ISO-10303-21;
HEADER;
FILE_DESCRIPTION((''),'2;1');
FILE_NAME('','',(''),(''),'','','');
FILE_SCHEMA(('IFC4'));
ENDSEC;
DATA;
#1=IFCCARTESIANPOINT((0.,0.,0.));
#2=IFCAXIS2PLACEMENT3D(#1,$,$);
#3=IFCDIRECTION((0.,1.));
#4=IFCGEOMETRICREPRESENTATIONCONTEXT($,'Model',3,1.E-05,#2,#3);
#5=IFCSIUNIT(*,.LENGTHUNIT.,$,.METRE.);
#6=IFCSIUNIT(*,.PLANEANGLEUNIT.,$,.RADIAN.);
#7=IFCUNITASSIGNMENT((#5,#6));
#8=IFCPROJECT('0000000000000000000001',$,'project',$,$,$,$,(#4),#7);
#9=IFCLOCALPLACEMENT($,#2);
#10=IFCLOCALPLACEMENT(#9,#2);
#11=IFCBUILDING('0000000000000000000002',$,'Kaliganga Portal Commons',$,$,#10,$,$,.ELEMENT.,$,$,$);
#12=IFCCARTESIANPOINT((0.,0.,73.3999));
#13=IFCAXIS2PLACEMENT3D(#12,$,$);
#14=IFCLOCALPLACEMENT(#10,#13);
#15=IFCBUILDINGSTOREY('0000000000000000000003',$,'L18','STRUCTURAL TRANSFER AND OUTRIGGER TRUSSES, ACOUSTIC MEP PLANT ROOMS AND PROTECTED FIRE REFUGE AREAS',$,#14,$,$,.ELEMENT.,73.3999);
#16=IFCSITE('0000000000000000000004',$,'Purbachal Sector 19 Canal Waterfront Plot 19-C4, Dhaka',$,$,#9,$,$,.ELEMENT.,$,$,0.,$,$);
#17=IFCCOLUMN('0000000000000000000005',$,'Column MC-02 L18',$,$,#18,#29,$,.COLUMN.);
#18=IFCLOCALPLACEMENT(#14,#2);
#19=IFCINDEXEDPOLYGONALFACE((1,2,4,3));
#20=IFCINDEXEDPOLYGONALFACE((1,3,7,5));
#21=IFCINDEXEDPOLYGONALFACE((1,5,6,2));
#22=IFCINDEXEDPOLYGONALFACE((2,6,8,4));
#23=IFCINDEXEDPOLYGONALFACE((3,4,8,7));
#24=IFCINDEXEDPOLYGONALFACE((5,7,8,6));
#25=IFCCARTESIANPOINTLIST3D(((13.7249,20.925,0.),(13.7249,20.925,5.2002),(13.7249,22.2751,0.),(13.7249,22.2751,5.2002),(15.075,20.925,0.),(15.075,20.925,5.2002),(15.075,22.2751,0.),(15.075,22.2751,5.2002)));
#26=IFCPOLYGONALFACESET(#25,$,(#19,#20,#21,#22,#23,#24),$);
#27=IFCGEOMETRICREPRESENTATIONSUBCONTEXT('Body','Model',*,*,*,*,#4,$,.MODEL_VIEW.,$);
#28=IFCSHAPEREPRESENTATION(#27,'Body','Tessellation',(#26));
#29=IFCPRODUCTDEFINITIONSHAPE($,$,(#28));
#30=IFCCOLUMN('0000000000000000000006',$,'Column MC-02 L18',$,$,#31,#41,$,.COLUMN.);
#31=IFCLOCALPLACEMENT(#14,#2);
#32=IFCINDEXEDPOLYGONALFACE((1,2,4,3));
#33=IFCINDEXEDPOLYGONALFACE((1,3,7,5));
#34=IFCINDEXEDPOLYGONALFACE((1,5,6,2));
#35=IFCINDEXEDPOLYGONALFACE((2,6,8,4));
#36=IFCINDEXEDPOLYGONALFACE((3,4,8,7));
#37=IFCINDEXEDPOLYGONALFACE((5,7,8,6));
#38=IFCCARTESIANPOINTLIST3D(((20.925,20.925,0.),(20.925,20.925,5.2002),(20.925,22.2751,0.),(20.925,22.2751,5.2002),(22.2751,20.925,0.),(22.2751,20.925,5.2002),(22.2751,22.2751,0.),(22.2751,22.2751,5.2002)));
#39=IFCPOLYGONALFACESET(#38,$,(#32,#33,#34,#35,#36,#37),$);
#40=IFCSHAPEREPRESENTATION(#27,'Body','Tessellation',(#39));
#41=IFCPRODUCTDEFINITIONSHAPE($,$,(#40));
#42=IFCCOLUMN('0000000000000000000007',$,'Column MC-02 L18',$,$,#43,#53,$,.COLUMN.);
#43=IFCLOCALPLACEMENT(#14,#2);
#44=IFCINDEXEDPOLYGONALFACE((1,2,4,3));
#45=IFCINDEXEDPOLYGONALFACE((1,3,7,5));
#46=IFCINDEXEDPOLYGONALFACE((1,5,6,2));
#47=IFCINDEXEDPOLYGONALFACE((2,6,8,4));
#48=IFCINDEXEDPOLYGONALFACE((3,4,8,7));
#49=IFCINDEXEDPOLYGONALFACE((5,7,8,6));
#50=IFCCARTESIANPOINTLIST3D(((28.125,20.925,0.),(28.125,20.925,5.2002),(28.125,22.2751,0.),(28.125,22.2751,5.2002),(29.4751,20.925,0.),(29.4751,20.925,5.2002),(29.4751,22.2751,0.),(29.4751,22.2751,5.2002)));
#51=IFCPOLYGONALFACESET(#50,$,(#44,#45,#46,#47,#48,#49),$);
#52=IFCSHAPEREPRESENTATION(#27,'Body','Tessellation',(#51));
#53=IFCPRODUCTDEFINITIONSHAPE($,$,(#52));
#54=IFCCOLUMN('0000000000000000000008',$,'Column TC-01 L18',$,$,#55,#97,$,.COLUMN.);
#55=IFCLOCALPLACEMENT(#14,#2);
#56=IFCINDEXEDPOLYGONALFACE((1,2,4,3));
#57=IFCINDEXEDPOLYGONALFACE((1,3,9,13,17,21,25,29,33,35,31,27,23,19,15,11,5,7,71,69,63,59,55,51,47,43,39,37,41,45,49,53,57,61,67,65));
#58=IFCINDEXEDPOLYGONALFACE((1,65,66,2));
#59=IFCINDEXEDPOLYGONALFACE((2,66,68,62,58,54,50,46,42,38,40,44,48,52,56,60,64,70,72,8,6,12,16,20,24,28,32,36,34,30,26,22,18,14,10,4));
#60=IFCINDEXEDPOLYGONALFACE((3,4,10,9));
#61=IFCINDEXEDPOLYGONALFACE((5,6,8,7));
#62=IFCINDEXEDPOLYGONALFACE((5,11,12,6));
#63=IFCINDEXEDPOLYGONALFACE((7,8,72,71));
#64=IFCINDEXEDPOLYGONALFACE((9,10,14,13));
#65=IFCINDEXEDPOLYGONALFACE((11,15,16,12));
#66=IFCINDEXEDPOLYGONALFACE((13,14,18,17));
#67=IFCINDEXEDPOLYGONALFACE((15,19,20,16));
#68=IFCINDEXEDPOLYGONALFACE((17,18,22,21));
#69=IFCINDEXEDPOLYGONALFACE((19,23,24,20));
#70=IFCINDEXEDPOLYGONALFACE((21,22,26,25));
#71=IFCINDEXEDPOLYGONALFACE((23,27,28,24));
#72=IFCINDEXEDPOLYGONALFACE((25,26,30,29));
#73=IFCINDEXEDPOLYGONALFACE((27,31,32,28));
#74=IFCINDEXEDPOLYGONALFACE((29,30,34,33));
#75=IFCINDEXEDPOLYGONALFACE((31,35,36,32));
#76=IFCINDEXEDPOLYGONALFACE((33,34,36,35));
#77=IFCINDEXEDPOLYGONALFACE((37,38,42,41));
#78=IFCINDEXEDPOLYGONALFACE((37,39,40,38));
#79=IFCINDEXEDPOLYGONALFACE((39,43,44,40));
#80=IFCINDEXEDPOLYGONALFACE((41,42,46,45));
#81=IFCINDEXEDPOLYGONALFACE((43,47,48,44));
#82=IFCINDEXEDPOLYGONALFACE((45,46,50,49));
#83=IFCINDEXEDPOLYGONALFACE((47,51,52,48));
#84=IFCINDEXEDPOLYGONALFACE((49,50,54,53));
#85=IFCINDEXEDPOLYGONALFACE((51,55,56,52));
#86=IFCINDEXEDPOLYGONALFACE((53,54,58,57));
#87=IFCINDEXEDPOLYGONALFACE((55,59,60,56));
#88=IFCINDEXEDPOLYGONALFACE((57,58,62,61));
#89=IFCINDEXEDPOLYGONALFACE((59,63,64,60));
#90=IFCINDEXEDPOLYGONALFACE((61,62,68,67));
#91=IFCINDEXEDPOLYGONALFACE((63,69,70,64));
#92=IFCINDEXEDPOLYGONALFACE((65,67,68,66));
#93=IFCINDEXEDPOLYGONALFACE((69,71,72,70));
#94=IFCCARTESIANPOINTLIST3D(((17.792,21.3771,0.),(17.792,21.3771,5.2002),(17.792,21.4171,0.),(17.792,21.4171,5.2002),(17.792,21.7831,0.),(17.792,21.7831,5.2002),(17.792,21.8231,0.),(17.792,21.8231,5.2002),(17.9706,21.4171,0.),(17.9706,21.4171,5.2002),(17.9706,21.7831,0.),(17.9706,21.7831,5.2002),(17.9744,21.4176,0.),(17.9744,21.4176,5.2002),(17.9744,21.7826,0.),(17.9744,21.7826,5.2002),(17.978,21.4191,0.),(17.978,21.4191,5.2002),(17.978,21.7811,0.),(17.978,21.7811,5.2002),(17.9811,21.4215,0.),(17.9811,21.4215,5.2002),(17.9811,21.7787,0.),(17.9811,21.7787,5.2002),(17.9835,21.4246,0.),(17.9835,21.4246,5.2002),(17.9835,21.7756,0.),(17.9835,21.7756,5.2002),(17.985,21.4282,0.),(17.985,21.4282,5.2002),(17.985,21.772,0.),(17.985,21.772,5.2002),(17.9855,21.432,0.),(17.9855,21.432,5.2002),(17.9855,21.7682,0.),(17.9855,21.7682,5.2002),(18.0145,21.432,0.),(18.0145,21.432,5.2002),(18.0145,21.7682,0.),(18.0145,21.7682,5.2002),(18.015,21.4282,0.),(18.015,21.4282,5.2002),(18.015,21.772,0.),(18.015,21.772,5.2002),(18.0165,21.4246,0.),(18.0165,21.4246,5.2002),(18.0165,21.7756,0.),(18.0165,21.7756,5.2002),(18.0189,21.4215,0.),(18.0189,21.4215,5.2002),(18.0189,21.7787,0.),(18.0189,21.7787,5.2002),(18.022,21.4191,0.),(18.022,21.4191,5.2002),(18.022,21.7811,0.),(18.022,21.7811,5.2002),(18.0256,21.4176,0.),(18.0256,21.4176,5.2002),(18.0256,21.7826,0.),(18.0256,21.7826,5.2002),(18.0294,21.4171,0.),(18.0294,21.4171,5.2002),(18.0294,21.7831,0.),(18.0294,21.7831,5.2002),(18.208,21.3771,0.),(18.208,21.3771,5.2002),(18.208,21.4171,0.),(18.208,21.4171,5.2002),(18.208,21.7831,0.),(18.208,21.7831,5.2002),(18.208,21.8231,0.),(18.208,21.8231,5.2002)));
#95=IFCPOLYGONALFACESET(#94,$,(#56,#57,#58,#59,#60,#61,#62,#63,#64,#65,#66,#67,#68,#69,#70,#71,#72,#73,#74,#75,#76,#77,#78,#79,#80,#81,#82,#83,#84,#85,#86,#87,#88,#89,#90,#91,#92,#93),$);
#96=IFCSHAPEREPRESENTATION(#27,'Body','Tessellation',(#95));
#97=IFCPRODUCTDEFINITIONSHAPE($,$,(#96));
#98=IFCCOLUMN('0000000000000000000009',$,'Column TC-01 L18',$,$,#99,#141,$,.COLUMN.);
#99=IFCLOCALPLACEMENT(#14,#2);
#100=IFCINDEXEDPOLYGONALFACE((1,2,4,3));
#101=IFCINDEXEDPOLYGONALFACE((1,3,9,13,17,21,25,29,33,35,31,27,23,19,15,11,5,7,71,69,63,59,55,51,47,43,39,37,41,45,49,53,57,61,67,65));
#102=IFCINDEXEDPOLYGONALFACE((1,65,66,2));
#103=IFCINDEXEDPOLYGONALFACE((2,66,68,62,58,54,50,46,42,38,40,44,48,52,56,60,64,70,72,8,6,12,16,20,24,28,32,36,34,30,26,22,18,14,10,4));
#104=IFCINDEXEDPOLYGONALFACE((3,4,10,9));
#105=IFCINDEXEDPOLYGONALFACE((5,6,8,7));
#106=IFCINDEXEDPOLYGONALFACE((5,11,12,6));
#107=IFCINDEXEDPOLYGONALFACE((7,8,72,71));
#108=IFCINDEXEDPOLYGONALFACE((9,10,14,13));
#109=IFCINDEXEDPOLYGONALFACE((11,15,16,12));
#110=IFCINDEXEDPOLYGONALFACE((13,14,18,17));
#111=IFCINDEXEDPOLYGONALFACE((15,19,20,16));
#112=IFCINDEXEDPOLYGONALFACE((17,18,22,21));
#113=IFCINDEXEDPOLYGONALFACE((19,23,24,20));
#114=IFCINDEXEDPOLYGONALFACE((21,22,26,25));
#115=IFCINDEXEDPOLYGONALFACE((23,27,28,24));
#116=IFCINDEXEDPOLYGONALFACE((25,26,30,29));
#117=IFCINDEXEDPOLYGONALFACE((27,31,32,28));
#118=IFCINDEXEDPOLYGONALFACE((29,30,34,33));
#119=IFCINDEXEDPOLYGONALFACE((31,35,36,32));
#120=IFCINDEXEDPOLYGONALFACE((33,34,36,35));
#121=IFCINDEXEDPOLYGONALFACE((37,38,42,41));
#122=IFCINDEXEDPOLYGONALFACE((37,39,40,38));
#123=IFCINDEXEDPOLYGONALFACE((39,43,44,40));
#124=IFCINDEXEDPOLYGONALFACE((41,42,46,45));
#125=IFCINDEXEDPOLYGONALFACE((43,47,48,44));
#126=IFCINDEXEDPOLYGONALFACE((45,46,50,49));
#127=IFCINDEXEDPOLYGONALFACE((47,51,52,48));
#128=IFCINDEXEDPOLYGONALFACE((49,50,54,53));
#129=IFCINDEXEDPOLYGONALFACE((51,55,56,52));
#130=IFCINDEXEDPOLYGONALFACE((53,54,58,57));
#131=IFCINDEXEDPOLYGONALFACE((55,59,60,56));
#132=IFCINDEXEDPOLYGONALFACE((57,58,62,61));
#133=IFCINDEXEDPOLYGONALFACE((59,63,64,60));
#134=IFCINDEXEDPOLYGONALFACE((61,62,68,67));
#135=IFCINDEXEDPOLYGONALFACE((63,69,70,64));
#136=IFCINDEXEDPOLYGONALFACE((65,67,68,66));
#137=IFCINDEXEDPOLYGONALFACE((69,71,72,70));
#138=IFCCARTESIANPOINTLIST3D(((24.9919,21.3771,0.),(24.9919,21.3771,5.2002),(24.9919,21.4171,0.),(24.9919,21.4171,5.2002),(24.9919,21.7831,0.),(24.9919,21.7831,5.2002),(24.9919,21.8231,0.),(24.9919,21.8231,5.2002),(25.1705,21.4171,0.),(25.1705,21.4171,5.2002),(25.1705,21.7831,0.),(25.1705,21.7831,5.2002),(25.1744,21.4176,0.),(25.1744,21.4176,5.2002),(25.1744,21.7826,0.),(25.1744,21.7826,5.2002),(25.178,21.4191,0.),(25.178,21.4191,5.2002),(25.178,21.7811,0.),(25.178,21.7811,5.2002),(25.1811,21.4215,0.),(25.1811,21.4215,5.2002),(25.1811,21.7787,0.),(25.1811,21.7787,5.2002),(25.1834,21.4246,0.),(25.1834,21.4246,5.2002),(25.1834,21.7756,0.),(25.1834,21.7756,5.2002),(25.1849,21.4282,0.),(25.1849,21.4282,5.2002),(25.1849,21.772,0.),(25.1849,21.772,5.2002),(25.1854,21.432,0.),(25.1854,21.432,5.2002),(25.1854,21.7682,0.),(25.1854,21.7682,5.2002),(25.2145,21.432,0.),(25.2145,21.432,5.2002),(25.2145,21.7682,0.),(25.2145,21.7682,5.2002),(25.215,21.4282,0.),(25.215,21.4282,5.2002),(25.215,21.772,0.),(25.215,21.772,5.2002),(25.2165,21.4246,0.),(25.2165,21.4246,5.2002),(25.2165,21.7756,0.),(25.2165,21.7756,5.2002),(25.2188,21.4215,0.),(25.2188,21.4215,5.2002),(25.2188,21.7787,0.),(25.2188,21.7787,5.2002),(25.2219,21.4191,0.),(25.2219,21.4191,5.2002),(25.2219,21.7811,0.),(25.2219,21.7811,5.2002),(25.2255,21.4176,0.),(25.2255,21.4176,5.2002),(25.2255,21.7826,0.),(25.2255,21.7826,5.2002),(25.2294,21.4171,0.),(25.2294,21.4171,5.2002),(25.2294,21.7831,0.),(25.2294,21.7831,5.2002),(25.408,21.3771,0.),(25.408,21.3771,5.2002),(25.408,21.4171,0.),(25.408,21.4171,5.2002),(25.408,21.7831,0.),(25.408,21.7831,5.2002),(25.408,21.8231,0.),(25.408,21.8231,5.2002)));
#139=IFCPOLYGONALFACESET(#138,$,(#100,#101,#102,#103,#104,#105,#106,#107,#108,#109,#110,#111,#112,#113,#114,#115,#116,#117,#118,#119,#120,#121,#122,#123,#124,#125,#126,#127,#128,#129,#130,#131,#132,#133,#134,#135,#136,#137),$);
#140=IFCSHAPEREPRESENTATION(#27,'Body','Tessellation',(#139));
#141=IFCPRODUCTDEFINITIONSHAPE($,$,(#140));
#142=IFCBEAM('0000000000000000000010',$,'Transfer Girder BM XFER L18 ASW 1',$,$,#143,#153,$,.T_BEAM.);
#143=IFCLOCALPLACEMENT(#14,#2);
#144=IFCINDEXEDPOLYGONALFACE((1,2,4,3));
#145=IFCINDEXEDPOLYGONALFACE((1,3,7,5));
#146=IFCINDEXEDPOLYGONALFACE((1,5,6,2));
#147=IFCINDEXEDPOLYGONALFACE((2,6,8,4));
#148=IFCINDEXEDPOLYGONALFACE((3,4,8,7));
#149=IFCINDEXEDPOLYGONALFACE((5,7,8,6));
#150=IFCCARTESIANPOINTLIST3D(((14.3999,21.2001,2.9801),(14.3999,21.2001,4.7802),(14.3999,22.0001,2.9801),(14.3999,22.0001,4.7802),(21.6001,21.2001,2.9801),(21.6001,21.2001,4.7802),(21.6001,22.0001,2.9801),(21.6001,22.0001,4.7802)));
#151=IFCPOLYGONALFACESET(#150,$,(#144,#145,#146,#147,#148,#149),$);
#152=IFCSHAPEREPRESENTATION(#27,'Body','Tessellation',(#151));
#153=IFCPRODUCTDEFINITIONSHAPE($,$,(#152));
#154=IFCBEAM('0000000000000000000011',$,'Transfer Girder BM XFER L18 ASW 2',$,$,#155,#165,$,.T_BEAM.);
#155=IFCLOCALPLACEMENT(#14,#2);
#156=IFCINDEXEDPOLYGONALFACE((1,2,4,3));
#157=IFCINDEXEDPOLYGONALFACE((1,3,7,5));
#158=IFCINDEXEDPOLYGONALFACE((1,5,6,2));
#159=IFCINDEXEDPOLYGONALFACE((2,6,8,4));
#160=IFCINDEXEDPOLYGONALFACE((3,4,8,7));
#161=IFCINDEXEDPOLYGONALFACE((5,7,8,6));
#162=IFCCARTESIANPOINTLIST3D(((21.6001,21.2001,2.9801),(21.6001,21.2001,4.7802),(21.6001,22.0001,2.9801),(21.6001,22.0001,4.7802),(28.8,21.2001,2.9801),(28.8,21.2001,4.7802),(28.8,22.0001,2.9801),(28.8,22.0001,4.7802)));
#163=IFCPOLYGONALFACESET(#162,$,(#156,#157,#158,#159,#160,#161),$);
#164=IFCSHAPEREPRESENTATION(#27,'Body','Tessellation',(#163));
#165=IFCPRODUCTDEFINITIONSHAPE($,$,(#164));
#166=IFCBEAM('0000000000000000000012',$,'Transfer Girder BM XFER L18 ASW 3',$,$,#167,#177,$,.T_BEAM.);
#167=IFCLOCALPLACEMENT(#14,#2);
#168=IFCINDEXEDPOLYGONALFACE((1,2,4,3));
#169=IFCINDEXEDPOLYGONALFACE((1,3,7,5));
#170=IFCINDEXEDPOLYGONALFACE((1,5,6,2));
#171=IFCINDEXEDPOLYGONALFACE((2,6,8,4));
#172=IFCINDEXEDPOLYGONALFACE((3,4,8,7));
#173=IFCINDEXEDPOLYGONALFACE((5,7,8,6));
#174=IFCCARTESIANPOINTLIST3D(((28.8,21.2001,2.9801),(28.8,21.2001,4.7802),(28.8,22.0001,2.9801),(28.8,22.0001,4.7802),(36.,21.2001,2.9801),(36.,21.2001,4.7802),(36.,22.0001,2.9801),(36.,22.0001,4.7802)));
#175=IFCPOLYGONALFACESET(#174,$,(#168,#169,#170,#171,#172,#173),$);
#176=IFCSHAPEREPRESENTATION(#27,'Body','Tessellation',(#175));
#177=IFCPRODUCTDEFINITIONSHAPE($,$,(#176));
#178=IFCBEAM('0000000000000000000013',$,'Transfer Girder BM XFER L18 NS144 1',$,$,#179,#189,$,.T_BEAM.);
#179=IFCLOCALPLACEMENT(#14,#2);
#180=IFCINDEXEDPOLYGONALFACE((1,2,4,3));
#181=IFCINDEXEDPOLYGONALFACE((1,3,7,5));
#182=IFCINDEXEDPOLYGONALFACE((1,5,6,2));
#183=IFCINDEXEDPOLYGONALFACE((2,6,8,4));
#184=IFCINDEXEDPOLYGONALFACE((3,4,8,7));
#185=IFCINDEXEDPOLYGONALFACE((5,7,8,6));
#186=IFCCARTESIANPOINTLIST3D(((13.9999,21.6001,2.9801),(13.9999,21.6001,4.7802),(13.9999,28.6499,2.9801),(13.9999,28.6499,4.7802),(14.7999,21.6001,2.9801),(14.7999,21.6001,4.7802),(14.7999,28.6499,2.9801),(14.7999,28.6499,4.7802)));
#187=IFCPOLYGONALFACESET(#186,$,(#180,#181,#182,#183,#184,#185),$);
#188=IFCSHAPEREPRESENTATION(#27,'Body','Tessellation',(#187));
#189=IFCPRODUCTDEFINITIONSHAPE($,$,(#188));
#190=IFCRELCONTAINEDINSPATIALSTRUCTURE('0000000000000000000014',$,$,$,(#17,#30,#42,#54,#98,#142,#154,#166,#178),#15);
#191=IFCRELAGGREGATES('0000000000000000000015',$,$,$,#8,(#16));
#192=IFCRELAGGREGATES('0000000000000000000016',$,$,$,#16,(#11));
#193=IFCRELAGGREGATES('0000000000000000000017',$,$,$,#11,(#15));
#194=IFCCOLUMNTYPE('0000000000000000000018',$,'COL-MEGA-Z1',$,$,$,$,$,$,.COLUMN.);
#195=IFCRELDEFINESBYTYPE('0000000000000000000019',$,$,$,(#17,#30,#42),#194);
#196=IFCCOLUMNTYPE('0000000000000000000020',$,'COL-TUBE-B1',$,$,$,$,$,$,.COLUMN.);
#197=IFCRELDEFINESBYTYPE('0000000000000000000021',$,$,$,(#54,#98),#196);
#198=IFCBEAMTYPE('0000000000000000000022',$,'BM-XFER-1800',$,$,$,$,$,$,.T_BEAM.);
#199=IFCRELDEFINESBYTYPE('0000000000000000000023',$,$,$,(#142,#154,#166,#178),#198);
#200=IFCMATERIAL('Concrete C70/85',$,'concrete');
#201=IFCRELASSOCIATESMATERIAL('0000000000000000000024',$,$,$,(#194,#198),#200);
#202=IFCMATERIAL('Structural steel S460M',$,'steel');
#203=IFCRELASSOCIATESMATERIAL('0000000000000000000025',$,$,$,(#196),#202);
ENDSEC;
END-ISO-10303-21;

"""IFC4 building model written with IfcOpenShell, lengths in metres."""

from ifc_helpers import new_model, si_unit, direction, frame, origin, origin_2d, place, context, subcontext, project, spatial, rectangle, i_section, extrude, source, transform, mapped, material, material_profile, profile_set, type_object, element, save


model = new_model("IFC4")

# Units and contexts
model_context = context("Model", 3, precision=1e-05, world=origin(), true_north=direction((0.0, 1.0)))
body_context = subcontext(model_context, "Body", "Model", "MODEL_VIEW")
ifc_project = project(units=[si_unit("LENGTHUNIT", "METRE"), si_unit("PLANEANGLEUNIT", "RADIAN")], contexts=[model_context])

# Site, building, storey
site_placement = place(None, origin())
site = spatial("IfcSite", under=ifc_project, at=site_placement, Name="Purbachal Sector 19 Canal Waterfront Plot 19-C4, Dhaka", CompositionType="ELEMENT", RefElevation=0.0)
building_placement = place(site_placement, origin())
building = spatial("IfcBuilding", under=site, at=building_placement, Name="Kaliganga Portal Commons", CompositionType="ELEMENT")
storey_placement = place(building_placement, frame((0.0, 0.0, 73.3999)))
storey = spatial("IfcBuildingStorey", under=building, at=storey_placement, Name="L18", Description="STRUCTURAL TRANSFER AND OUTRIGGER TRUSSES, ACOUSTIC MEP PLANT ROOMS AND PROTECTED FIRE REFUGE AREAS", CompositionType="ELEMENT", Elevation=73.3999)

# Columns
ifc_material_1 = material(Name="Concrete C70/85", Category="concrete")
ifc_material_profile_1 = material_profile(ifc_material_1, rectangle(XDim=1.3501, YDim=1.3501, at=origin_2d()), Name="RC 1350x1350")
ifc_profile_set_1 = profile_set([ifc_material_profile_1], Name="Concrete C70/85")
column_type_1 = type_object("IfcColumnType", Name="COL-MEGA-Z1", PredefinedType="COLUMN", material=ifc_profile_set_1)
shared_shape_1 = source(origin(), body_context, "Body", "SweptSolid", [
    extrude(rectangle(XDim=1.3501, YDim=1.3501, at=origin_2d()), origin(), (0.0, 0.0, 1.0), 5.2002),
])
for number, where, z_axis, x_axis, name in (
    (1, (14.3999, 21.6001, 0.0), (0.0, 0.0, 1.0), (1.0, 0.0, 0.0), "Column MC-02 L18"),
    (2, (21.6001, 21.6001, 0.0), (0.0, 0.0, 1.0), (1.0, 0.0, 0.0), "Column MC-02 L18"),
    (3, (28.8, 21.6001, 0.0), (0.0, 0.0, 1.0), (1.0, 0.0, 0.0), "Column MC-02 L18"),
):
    element("IfcColumn", number, at=place(storey_placement, frame(where, z_axis=z_axis, x_axis=x_axis)), inside=storey, type_object=column_type_1, Name=name, PredefinedType="COLUMN", context=body_context, shape_type="MappedRepresentation", body=[
        mapped(shared_shape_1, transform((0.0, 0.0, 0.0), x_axis=(1.0, 0.0, 0.0), y_axis=(0.0, 1.0, 0.0), z_axis=(0.0, 0.0, 1.0), scale=1.0)),
    ])
ifc_material_2 = material(Name="Structural steel S460M", Category="steel")
ifc_material_profile_2 = material_profile(ifc_material_2, i_section(OverallWidth=0.416, OverallDepth=0.446, WebThickness=0.0291, FlangeThickness=0.04, FilletRadius=0.0149, at=origin_2d()), Name="HD 400x509")
ifc_profile_set_2 = profile_set([ifc_material_profile_2], Name="Structural steel S460M wide-flange")
column_type_2 = type_object("IfcColumnType", Name="COL-TUBE-B1", PredefinedType="COLUMN", material=ifc_profile_set_2)
shared_shape_2 = source(origin(), body_context, "Body", "SweptSolid", [
    extrude(i_section(OverallWidth=0.416, OverallDepth=0.446, WebThickness=0.0291, FlangeThickness=0.04, FilletRadius=0.0149, at=origin_2d()), origin(), (0.0, 0.0, 1.0), 5.2002),
])
for number, where, z_axis, x_axis, name in (
    (4, (18.0, 21.6001, 0.0), (0.0, 0.0, 1.0), (1.0, 0.0, 0.0), "Column TC-01 L18"),
    (5, (25.2, 21.6001, 0.0), (0.0, 0.0, 1.0), (1.0, 0.0, 0.0), "Column TC-01 L18"),
):
    element("IfcColumn", number, at=place(storey_placement, frame(where, z_axis=z_axis, x_axis=x_axis)), inside=storey, type_object=column_type_2, Name=name, PredefinedType="COLUMN", context=body_context, shape_type="MappedRepresentation", body=[
        mapped(shared_shape_2, transform((0.0, 0.0, 0.0), x_axis=(1.0, 0.0, 0.0), y_axis=(0.0, 1.0, 0.0), z_axis=(0.0, 0.0, 1.0), scale=1.0)),
    ])

# Beams
ifc_material_profile_3 = material_profile(ifc_material_1, rectangle(XDim=0.8, YDim=1.8, at=origin_2d()), Name="RC 800x1800")
ifc_profile_set_3 = profile_set([ifc_material_profile_3], Name="Concrete C70/85")
beam_type_1 = type_object("IfcBeamType", Name="BM-XFER-1800", PredefinedType="T_BEAM", material=ifc_profile_set_3)
shared_shape_3 = source(origin(), body_context, "Body", "SweptSolid", [
    extrude(rectangle(XDim=0.8, YDim=1.8, at=origin_2d()), origin(), (0.0, 0.0, 1.0), 7.2002),
])
beam_1_placement = place(storey_placement, frame((14.3999, 21.6001, 3.8801), z_axis=(1.0, 0.0, 0.0), x_axis=(0.0, 1.0, 0.0)))
element("IfcBeam", 6, at=beam_1_placement, inside=storey, type_object=beam_type_1, Name="Transfer Girder BM XFER L18 ASW 1", PredefinedType="T_BEAM", context=body_context, shape_type="MappedRepresentation", body=[
    mapped(shared_shape_3, transform((0.0, 0.0, 0.0), x_axis=(1.0, 0.0, 0.0), y_axis=(0.0, 1.0, 0.0), z_axis=(0.0, 0.0, 1.0), scale=1.0)),
])
shared_shape_4 = source(origin(), body_context, "Body", "SweptSolid", [
    extrude(rectangle(XDim=0.8, YDim=1.8, at=origin_2d()), origin(), (0.0, 0.0, 1.0), 7.2),
])
for number, where, z_axis, x_axis, name in (
    (7, (21.6001, 21.6001, 3.8801), (1.0, 0.0, 0.0), (0.0, 1.0, 0.0), "Transfer Girder BM XFER L18 ASW 2"),
    (8, (28.8, 21.6001, 3.8801), (1.0, 0.0, 0.0), (0.0, 1.0, 0.0), "Transfer Girder BM XFER L18 ASW 3"),
):
    element("IfcBeam", number, at=place(storey_placement, frame(where, z_axis=z_axis, x_axis=x_axis)), inside=storey, type_object=beam_type_1, Name=name, PredefinedType="T_BEAM", context=body_context, shape_type="MappedRepresentation", body=[
        mapped(shared_shape_4, transform((0.0, 0.0, 0.0), x_axis=(1.0, 0.0, 0.0), y_axis=(0.0, 1.0, 0.0), z_axis=(0.0, 0.0, 1.0), scale=1.0)),
    ])
shared_shape_5 = source(origin(), body_context, "Body", "SweptSolid", [
    extrude(rectangle(XDim=0.8, YDim=1.8, at=origin_2d()), origin(), (0.0, 0.0, 1.0), 7.0498),
])
for number, where, z_axis, x_axis, name in (
    (9, (14.3999, 21.6001, 3.8801), (0.0, 1.0, 0.0), (-1.0, 0.0, 0.0), "Transfer Girder BM XFER L18 NS144 1"),
):
    element("IfcBeam", number, at=place(storey_placement, frame(where, z_axis=z_axis, x_axis=x_axis)), inside=storey, type_object=beam_type_1, Name=name, PredefinedType="T_BEAM", context=body_context, shape_type="MappedRepresentation", body=[
        mapped(shared_shape_5, transform((0.0, 0.0, 0.0), x_axis=(1.0, 0.0, 0.0), y_axis=(0.0, 1.0, 0.0), z_axis=(0.0, 0.0, 1.0), scale=1.0)),
    ])

save(model, "model.ifc")
